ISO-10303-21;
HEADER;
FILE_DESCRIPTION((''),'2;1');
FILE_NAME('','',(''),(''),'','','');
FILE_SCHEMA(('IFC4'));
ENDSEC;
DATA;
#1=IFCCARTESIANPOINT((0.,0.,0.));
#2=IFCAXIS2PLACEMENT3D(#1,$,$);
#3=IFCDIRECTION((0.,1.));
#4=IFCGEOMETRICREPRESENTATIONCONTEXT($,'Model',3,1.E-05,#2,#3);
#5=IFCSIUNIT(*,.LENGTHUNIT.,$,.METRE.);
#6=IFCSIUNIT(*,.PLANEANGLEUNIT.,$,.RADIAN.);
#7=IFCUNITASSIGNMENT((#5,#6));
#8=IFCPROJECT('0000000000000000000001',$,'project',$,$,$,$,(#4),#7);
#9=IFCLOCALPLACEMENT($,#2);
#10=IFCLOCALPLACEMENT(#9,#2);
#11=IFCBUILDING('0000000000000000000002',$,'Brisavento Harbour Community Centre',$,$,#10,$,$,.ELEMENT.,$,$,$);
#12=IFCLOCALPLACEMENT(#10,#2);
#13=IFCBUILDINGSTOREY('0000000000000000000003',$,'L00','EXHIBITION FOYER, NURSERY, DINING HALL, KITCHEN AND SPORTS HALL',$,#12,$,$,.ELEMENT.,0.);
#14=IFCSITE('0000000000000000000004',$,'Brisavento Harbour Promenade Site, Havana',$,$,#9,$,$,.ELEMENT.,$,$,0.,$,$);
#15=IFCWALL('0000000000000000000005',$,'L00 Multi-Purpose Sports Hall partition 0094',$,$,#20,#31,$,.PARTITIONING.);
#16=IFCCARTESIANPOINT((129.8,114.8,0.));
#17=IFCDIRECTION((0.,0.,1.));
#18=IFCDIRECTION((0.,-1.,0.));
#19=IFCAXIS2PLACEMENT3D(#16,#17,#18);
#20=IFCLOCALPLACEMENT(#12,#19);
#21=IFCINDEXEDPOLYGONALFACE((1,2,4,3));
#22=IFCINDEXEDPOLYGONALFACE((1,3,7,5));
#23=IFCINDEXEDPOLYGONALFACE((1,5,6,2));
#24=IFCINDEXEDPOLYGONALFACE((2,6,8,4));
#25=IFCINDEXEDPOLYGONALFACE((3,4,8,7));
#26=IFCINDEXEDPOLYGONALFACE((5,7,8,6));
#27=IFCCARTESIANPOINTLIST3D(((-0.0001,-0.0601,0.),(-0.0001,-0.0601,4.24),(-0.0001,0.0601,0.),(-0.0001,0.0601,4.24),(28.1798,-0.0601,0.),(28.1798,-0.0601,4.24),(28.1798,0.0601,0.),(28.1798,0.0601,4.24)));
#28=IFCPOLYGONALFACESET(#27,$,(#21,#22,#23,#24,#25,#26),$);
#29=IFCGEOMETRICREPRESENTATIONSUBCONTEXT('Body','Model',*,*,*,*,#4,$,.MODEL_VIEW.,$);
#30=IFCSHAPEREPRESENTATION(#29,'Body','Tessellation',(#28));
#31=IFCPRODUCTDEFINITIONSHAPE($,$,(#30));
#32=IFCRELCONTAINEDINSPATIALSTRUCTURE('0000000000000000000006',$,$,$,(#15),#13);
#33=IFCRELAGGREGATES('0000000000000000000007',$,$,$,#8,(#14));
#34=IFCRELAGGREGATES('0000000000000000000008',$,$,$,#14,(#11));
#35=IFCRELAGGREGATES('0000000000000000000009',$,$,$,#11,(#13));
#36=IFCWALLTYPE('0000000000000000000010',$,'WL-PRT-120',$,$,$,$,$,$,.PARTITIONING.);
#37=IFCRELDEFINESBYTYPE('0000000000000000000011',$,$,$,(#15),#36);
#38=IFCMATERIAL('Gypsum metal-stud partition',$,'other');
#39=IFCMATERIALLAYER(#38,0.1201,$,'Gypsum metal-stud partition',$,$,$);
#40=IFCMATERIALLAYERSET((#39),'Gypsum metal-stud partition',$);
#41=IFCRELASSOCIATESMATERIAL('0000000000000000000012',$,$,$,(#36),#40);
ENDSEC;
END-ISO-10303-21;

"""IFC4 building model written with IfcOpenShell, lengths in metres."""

from ifc_helpers import new_model, si_unit, direction, frame, frame_2d, origin, place, context, subcontext, project, spatial, rectangle, extrude, material, layer, layer_set, type_object, element, save


model = new_model("IFC4")

# Units and contexts
model_context = context("Model", 3, precision=1e-05, world=origin(), true_north=direction((0.0, 1.0)))
body_context = subcontext(model_context, "Body", "Model", "MODEL_VIEW")
ifc_project = project(units=[si_unit("LENGTHUNIT", "METRE"), si_unit("PLANEANGLEUNIT", "RADIAN")], contexts=[model_context])

# Site, building, storey
site_placement = place(None, origin())
site = spatial("IfcSite", under=ifc_project, at=site_placement, Name="Brisavento Harbour Promenade Site, Havana", CompositionType="ELEMENT", RefElevation=0.0)
building_placement = place(site_placement, origin())
building = spatial("IfcBuilding", under=site, at=building_placement, Name="Brisavento Harbour Community Centre", CompositionType="ELEMENT")
storey_placement = place(building_placement, origin())
storey = spatial("IfcBuildingStorey", under=building, at=storey_placement, Name="L00", Description="EXHIBITION FOYER, NURSERY, DINING HALL, KITCHEN AND SPORTS HALL", CompositionType="ELEMENT", Elevation=0.0)

# Wall
ifc_material_1 = material(Name="Gypsum metal-stud partition", Category="other")
ifc_layer_1 = layer(ifc_material_1, 0.1201, Name="Gypsum metal-stud partition")
ifc_layer_set_1 = layer_set([ifc_layer_1], Name="Gypsum metal-stud partition")
wall_type = type_object("IfcWallType", Name="WL-PRT-120", PredefinedType="PARTITIONING", material=ifc_layer_set_1)
wall_placement = place(storey_placement, frame((129.8, 114.8, 0.0), z_axis=(0.0, 0.0, 1.0), x_axis=(0.0, -1.0, 0.0)))
element("IfcWall", 1, at=wall_placement, inside=storey, type_object=wall_type, Name="L00 Multi-Purpose Sports Hall partition 0094", PredefinedType="PARTITIONING", context=body_context, shape_type="SweptSolid", body=[
    extrude(rectangle(XDim=28.1799, YDim=0.1201, at=frame_2d((14.0898, 0.0))), origin(), (0.0, 0.0, 1.0), 4.24),
])

save(model, "model.ifc")
